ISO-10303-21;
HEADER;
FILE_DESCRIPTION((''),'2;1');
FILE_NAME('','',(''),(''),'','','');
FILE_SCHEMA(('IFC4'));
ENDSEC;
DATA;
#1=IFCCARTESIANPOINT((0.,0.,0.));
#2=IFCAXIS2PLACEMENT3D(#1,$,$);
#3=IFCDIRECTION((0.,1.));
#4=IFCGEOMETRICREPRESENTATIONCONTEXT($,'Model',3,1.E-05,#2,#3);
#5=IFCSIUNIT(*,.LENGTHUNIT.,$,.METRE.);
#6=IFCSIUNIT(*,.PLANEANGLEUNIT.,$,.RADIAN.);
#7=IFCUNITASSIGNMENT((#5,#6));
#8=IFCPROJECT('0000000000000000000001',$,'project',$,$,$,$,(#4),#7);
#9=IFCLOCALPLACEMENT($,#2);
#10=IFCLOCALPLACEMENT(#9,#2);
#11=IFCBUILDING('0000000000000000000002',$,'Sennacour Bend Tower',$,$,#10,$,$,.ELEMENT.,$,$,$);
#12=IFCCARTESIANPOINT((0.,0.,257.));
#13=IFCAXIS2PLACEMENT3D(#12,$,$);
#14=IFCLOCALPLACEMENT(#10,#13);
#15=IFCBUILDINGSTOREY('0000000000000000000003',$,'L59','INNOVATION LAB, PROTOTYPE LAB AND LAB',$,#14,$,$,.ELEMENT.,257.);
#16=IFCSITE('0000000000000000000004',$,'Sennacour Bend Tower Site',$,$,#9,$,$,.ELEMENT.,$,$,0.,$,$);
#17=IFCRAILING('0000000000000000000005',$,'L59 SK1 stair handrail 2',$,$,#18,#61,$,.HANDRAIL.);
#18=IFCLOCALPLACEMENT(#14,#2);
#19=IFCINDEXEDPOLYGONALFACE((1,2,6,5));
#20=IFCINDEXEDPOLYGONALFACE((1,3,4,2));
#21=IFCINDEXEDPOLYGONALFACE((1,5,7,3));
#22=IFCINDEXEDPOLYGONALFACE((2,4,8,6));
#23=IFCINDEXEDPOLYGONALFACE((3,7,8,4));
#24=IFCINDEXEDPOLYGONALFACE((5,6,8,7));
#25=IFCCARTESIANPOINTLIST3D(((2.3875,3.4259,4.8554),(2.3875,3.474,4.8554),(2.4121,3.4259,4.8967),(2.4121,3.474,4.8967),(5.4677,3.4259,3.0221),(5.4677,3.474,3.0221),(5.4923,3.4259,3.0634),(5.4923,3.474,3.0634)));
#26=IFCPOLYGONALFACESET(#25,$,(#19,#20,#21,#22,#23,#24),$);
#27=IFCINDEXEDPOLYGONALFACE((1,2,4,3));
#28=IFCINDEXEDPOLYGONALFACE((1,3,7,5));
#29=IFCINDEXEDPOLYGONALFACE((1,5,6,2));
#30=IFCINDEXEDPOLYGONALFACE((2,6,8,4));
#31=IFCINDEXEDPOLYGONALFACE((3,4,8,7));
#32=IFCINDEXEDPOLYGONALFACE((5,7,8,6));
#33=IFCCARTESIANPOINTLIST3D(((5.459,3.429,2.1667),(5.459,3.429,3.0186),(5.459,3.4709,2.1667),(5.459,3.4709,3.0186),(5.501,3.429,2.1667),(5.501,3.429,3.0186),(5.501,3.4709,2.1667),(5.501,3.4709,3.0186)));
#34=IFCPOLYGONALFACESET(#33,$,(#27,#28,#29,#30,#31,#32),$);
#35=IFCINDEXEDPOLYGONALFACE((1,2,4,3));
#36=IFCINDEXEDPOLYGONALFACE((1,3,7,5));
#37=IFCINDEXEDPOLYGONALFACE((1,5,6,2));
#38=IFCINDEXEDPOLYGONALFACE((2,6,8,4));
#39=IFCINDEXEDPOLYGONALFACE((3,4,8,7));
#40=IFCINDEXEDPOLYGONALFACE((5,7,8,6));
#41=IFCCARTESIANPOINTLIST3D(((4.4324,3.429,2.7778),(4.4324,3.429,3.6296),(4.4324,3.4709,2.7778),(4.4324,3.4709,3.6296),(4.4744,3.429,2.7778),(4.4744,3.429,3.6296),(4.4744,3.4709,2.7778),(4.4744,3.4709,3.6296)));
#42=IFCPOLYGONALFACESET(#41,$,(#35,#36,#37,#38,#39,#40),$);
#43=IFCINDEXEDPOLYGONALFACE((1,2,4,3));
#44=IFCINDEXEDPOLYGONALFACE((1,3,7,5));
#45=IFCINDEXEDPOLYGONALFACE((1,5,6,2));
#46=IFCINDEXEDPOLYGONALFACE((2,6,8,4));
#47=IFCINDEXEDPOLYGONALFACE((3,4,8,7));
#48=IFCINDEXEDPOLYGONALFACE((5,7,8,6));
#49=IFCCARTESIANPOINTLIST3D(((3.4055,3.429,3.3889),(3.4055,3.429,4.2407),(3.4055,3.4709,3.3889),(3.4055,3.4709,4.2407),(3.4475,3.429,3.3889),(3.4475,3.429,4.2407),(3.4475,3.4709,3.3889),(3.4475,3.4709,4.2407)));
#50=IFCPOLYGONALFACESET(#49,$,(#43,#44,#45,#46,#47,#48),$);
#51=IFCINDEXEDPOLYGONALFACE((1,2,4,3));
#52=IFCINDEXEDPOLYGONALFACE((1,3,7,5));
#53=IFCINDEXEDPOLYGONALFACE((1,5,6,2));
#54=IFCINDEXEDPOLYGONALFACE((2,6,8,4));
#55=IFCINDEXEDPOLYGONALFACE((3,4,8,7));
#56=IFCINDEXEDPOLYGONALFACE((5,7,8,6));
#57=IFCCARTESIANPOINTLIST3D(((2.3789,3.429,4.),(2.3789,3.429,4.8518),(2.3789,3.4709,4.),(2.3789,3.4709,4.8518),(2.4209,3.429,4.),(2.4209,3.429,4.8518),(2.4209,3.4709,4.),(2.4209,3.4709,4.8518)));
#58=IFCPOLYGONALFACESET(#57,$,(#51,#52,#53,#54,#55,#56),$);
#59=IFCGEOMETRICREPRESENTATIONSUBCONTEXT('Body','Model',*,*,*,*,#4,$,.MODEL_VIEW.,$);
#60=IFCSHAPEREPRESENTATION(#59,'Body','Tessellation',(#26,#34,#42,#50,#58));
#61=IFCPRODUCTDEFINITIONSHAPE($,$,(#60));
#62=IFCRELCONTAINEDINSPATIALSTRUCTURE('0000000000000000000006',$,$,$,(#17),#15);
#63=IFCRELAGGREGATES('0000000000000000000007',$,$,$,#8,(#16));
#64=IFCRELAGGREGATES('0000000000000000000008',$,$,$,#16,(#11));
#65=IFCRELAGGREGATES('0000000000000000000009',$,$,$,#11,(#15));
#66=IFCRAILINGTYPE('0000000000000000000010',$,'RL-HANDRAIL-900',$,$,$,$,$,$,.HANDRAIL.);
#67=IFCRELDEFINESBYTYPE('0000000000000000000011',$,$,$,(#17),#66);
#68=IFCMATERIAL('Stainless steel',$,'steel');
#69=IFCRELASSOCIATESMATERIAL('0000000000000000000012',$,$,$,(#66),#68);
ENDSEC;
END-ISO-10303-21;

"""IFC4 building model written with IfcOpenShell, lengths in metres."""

from ifc_helpers import new_model, si_unit, direction, frame, origin, origin_2d, place, context, subcontext, project, spatial, rectangle, extrude, material, type_object, element, save


model = new_model("IFC4")

# Units and contexts
model_context = context("Model", 3, precision=1e-05, world=origin(), true_north=direction((0.0, 1.0)))
body_context = subcontext(model_context, "Body", "Model", "MODEL_VIEW")
ifc_project = project(units=[si_unit("LENGTHUNIT", "METRE"), si_unit("PLANEANGLEUNIT", "RADIAN")], contexts=[model_context])

# Site, building, storey
site_placement = place(None, origin())
site = spatial("IfcSite", under=ifc_project, at=site_placement, Name="Sennacour Bend Tower Site", CompositionType="ELEMENT", RefElevation=0.0)
building_placement = place(site_placement, origin())
building = spatial("IfcBuilding", under=site, at=building_placement, Name="Sennacour Bend Tower", CompositionType="ELEMENT")
storey_placement = place(building_placement, frame((0.0, 0.0, 257.0)))
storey = spatial("IfcBuildingStorey", under=building, at=storey_placement, Name="L59", Description="INNOVATION LAB, PROTOTYPE LAB AND LAB", CompositionType="ELEMENT", Elevation=257.0)

# Railing
ifc_material_1 = material(Name="Stainless steel", Category="steel")
railing_type = type_object("IfcRailingType", Name="RL-HANDRAIL-900", PredefinedType="HANDRAIL", material=ifc_material_1)
railing_placement = place(storey_placement, frame((5.48, 3.45, 2.1667)))
element("IfcRailing", 1, at=railing_placement, inside=storey, type_object=railing_type, Name="L59 SK1 stair handrail 2", PredefinedType="HANDRAIL", context=body_context, shape_type="SweptSolid", body=[
    extrude(rectangle(XDim=0.0481, YDim=0.0481, at=origin_2d()), frame((0.0, 0.0, 0.876), z_axis=(-0.859309, 0.0, 0.511458), x_axis=(0.0, -1.0, 0.0)), (0.0, 0.0, 1.0), 3.5845),
    extrude(rectangle(XDim=0.042, YDim=0.042, at=origin_2d()), origin(), (0.0, 0.0, 1.0), 0.8518),
    extrude(rectangle(XDim=0.042, YDim=0.042, at=origin_2d()), frame((-1.0266, 0.0, 0.6111)), (0.0, 0.0, 1.0), 0.8518),
    extrude(rectangle(XDim=0.042, YDim=0.042, at=origin_2d()), frame((-2.0535, 0.0, 1.2222)), (0.0, 0.0, 1.0), 0.8518),
    extrude(rectangle(XDim=0.042, YDim=0.042, at=origin_2d()), frame((-3.0801, 0.0, 1.8333)), (0.0, 0.0, 1.0), 0.8518),
])

save(model, "model.ifc")
